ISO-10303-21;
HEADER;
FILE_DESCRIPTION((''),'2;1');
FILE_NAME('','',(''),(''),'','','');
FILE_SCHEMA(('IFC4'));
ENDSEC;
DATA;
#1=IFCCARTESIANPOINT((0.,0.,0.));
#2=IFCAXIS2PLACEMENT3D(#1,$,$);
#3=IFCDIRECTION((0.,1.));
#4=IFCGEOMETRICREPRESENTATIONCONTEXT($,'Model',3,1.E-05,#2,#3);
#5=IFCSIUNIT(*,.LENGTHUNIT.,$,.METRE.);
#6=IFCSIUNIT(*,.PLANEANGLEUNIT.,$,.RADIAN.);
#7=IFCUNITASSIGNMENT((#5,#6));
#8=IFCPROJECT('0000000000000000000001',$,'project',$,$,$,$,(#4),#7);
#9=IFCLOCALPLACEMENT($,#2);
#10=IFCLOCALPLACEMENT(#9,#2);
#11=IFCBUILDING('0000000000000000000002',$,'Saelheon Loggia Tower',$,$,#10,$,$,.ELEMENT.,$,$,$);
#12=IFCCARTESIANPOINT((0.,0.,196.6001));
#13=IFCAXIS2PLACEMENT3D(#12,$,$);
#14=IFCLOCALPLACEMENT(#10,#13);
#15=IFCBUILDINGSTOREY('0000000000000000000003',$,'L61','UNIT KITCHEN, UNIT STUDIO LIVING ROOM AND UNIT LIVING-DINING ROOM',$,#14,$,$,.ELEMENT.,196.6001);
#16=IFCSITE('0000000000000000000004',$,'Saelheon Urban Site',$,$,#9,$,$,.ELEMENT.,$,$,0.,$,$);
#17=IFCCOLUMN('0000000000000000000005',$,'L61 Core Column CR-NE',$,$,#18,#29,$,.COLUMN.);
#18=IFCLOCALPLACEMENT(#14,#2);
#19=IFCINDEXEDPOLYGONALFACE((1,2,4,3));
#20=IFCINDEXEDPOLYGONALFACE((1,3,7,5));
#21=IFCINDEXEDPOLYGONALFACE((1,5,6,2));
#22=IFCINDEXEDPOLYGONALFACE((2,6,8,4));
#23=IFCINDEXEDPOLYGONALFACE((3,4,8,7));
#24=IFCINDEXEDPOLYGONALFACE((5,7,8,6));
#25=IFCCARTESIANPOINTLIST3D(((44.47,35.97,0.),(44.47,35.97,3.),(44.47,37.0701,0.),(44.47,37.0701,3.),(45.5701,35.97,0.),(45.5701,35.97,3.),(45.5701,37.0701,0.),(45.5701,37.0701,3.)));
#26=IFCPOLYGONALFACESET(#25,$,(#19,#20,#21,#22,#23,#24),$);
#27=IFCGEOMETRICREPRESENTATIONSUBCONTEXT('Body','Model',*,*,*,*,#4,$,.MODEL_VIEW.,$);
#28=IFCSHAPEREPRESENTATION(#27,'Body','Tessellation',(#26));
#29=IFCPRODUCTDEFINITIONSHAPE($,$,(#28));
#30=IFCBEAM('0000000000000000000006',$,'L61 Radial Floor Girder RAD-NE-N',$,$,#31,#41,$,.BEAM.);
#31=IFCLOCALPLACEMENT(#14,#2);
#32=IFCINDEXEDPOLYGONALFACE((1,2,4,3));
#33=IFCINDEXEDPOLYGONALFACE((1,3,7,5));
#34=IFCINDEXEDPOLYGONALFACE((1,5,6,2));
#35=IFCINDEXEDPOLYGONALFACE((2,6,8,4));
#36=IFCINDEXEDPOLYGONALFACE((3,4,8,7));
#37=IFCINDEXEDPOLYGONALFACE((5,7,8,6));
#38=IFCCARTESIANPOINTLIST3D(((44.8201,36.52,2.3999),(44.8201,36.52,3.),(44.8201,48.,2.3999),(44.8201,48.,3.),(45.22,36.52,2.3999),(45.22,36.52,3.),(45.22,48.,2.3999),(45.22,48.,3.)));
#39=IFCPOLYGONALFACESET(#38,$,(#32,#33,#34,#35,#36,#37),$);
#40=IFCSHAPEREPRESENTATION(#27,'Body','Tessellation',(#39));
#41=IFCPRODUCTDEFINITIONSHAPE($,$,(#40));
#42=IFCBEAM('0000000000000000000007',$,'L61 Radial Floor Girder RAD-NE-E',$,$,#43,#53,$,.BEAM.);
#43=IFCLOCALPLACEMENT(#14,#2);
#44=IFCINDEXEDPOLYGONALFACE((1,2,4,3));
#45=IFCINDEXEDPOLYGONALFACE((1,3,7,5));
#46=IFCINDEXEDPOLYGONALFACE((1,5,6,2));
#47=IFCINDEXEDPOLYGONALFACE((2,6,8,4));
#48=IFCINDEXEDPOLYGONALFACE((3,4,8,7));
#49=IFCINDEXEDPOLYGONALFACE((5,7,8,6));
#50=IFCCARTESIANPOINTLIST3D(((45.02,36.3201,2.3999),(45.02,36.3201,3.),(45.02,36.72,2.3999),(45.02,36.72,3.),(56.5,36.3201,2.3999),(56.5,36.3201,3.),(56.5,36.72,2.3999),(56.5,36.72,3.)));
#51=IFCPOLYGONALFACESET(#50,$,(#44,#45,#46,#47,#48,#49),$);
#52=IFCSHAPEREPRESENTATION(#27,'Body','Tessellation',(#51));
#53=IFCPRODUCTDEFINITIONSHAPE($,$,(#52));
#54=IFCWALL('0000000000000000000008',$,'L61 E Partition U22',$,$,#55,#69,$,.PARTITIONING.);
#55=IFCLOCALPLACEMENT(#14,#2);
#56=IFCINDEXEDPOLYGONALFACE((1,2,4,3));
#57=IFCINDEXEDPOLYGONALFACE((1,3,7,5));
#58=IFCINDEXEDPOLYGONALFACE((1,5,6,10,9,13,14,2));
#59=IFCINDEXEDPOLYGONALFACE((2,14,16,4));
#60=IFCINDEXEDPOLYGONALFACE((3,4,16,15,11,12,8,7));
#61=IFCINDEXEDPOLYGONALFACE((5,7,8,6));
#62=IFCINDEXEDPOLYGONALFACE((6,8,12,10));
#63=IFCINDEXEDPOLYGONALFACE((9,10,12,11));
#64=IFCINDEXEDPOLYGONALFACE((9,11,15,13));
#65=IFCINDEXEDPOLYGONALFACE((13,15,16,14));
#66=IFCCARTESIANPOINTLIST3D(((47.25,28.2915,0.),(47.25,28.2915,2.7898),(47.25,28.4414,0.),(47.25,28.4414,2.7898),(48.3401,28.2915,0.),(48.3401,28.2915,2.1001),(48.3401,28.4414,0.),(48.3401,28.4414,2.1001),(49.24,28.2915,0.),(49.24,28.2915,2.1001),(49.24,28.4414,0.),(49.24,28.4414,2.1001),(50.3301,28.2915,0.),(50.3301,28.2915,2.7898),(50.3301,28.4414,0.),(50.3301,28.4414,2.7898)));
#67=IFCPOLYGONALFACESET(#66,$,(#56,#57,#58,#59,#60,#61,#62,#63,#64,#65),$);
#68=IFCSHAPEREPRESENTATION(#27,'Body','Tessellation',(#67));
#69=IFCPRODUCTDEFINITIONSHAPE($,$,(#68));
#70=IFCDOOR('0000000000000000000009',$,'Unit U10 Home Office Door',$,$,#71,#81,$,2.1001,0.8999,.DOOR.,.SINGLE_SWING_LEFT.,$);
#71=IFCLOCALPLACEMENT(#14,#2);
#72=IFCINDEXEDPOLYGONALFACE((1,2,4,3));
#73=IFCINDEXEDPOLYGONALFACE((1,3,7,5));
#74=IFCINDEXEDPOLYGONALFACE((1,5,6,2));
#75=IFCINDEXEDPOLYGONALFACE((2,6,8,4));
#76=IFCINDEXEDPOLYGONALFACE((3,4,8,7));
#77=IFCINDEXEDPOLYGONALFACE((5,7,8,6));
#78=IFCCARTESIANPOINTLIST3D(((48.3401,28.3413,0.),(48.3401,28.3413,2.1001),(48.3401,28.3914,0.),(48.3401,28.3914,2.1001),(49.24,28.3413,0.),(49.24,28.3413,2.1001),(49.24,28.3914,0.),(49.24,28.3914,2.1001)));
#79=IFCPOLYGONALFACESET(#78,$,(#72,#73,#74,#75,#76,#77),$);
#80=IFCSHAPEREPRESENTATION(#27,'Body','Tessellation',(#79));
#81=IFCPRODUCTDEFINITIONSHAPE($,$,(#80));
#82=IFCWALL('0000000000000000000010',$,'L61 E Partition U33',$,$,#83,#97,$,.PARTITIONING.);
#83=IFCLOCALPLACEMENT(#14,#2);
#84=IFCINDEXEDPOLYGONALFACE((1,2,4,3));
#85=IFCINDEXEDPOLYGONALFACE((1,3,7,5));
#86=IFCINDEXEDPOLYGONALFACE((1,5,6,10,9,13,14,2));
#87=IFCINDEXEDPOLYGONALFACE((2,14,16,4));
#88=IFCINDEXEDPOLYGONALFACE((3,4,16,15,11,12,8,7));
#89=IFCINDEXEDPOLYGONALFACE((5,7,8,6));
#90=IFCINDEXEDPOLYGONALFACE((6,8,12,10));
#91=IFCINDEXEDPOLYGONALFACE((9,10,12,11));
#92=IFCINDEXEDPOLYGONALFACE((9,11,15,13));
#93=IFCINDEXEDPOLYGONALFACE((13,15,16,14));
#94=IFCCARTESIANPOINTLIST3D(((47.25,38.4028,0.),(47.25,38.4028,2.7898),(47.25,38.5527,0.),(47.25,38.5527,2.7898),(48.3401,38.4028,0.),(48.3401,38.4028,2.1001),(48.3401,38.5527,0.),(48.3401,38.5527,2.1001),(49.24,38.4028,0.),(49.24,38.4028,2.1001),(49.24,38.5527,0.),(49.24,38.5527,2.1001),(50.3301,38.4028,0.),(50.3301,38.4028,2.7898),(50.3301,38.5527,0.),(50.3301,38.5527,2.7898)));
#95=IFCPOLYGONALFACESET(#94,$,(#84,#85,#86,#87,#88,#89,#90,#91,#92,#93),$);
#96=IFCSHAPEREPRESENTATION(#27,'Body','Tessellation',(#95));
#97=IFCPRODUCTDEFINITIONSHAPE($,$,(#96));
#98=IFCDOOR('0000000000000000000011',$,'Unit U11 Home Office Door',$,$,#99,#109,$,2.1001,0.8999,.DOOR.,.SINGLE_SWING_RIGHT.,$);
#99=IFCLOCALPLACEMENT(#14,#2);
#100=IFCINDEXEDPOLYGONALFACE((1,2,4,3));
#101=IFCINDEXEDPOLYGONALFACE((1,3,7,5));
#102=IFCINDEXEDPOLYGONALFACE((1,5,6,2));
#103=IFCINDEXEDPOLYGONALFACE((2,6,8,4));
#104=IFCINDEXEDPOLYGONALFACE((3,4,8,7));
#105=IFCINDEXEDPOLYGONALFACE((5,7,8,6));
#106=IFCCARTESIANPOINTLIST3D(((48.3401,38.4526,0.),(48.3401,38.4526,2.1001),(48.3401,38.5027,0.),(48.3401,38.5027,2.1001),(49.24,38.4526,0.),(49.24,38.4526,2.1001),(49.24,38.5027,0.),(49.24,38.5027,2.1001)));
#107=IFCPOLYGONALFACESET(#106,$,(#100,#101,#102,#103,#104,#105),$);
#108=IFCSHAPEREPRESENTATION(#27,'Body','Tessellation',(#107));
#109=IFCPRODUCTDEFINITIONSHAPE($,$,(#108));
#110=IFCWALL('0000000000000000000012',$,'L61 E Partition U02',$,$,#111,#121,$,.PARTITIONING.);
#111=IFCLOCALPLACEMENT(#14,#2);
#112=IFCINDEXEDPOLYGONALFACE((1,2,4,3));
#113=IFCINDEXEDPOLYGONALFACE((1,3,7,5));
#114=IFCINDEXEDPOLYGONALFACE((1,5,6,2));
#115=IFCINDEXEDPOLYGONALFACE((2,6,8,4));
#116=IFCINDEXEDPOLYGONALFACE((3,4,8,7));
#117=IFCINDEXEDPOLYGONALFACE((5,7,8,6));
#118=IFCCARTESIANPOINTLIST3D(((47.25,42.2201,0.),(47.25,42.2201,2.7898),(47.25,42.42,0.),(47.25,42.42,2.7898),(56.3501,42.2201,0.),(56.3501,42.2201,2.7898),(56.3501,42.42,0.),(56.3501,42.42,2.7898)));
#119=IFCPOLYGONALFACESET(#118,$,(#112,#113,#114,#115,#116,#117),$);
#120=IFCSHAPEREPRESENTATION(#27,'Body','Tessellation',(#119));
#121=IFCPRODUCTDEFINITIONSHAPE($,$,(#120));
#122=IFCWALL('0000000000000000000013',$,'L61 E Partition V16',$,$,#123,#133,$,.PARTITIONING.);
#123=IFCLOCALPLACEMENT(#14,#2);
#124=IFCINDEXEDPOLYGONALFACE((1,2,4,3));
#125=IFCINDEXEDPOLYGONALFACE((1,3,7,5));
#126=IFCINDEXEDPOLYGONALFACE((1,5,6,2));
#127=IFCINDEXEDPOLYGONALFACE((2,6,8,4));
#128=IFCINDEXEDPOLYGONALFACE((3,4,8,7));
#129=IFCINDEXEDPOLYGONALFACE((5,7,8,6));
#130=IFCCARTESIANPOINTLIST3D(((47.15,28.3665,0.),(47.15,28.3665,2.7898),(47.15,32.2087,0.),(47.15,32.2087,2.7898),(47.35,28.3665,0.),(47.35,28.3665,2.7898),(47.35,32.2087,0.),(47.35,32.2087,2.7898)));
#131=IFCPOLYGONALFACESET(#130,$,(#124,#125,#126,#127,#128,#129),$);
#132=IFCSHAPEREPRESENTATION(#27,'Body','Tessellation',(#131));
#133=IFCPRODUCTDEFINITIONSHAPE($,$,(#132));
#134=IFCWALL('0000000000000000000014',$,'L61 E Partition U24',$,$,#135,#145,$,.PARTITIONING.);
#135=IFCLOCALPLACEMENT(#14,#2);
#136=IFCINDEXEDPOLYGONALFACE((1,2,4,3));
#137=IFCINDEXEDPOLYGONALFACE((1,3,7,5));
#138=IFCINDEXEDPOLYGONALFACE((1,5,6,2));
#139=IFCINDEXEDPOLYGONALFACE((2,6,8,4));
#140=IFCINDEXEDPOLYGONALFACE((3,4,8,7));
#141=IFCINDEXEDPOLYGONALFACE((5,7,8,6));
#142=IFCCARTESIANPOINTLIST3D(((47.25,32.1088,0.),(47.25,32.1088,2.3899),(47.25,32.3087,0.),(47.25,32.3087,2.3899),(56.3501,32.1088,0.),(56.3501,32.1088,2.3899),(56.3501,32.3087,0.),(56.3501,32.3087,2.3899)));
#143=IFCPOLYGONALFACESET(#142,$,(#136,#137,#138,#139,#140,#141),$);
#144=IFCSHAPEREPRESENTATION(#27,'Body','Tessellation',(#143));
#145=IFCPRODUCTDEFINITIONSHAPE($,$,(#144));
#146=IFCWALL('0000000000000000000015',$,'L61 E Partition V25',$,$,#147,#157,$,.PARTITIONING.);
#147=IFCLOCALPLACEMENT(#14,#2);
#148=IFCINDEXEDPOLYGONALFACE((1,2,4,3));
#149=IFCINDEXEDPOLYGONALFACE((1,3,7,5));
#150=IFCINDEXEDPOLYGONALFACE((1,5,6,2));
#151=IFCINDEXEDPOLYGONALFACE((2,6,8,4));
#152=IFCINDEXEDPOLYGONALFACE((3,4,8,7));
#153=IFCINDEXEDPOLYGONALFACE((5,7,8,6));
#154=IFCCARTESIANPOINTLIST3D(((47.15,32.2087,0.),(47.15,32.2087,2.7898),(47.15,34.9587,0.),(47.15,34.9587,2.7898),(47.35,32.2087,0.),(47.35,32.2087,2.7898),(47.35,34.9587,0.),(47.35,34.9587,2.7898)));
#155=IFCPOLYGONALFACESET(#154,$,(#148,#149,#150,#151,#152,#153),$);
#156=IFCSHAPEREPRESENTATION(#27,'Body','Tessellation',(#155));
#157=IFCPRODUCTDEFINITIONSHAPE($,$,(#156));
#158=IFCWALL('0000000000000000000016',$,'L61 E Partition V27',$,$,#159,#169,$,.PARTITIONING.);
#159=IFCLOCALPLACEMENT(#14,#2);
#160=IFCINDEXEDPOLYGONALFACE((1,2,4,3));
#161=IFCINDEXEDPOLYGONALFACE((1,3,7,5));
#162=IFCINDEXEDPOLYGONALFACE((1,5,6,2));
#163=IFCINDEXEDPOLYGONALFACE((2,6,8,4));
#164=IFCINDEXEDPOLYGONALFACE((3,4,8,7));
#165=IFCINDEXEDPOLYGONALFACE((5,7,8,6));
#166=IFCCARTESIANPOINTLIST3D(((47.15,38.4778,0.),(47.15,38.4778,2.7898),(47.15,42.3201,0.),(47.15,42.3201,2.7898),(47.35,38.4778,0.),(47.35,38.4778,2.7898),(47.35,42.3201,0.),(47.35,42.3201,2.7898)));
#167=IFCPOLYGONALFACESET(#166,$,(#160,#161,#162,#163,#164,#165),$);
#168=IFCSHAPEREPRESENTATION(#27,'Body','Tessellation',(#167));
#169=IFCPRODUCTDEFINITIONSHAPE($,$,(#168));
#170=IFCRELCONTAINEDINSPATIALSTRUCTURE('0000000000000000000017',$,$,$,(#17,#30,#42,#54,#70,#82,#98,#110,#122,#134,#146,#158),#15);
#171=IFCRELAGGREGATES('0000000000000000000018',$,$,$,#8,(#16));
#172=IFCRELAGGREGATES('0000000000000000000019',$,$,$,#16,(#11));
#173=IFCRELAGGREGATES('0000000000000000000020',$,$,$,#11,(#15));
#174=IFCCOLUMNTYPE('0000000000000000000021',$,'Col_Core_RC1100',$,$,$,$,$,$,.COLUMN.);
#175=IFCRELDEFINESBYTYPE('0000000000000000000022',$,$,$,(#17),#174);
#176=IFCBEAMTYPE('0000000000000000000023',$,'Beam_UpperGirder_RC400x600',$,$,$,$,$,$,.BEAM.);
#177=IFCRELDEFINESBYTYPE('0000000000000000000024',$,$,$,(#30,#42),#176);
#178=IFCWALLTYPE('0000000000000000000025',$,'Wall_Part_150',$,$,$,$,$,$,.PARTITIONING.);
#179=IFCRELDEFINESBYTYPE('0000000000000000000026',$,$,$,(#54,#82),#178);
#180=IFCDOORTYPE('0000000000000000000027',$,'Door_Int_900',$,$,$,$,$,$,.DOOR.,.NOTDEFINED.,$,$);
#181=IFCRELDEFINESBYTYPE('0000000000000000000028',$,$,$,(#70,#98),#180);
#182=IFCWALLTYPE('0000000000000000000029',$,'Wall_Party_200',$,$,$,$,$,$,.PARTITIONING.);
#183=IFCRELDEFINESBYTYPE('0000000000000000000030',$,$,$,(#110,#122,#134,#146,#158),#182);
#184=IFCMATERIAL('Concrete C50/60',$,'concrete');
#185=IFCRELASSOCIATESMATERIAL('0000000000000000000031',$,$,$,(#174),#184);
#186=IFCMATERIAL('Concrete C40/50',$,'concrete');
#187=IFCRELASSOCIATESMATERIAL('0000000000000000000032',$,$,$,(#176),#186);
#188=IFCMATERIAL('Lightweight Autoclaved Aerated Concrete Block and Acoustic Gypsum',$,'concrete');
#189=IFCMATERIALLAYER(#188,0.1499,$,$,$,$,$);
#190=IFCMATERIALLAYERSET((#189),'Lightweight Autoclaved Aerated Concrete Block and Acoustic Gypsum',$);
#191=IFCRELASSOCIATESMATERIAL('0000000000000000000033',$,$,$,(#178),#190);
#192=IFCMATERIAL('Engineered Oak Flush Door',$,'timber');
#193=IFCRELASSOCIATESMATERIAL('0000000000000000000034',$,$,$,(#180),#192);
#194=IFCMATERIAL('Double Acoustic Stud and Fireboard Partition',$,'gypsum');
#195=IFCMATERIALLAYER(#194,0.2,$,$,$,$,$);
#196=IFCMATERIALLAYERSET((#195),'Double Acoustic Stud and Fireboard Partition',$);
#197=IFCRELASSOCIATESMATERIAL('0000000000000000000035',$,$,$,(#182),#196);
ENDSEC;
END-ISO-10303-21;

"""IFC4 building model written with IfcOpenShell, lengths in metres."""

from ifc_helpers import new_model, si_unit, direction, frame, frame_2d, origin, origin_2d, place, context, subcontext, project, spatial, rectangle, extrude, source, transform, mapped, material, layer, layer_set, material_profile, profile_set, type_object, element, fill, save


model = new_model("IFC4")

# Units and contexts
model_context = context("Model", 3, precision=1e-05, world=origin(), true_north=direction((0.0, 1.0)))
body_context = subcontext(model_context, "Body", "Model", "MODEL_VIEW")
ifc_project = project(units=[si_unit("LENGTHUNIT", "METRE"), si_unit("PLANEANGLEUNIT", "RADIAN")], contexts=[model_context])

# Site, building, storey
site_placement = place(None, origin())
site = spatial("IfcSite", under=ifc_project, at=site_placement, Name="Saelheon Urban Site", CompositionType="ELEMENT", RefElevation=0.0)
building_placement = place(site_placement, origin())
building = spatial("IfcBuilding", under=site, at=building_placement, Name="Saelheon Loggia Tower", CompositionType="ELEMENT")
storey_placement = place(building_placement, frame((0.0, 0.0, 196.6001)))
storey = spatial("IfcBuildingStorey", under=building, at=storey_placement, Name="L61", Description="UNIT KITCHEN, UNIT STUDIO LIVING ROOM AND UNIT LIVING-DINING ROOM", CompositionType="ELEMENT", Elevation=196.6001)

# Column
ifc_material_1 = material(Name="Concrete C50/60", Category="concrete")
ifc_material_profile_1 = material_profile(ifc_material_1, rectangle(XDim=1.1001, YDim=1.1001, at=origin_2d()), Name="RC-1100x1100")
ifc_profile_set_1 = profile_set([ifc_material_profile_1], Name="Concrete C50/60")
column_type = type_object("IfcColumnType", Name="Col_Core_RC1100", PredefinedType="COLUMN", material=ifc_profile_set_1)
shared_shape_1 = source(origin(), body_context, "Body", "SweptSolid", [
    extrude(rectangle(XDim=1.1001, YDim=1.1001, at=origin_2d()), origin(), (0.0, 0.0, 1.0), 3.0),
])
column_placement = place(storey_placement, frame((45.02, 36.52, 0.0), z_axis=(0.0, 0.0, 1.0), x_axis=(1.0, 0.0, 0.0)))
element("IfcColumn", 1, at=column_placement, inside=storey, type_object=column_type, Name="L61 Core Column CR-NE", PredefinedType="COLUMN", context=body_context, shape_type="MappedRepresentation", body=[
    mapped(shared_shape_1, transform((0.0, 0.0, 0.0), scale=1.0)),
])

# Beams
ifc_material_2 = material(Name="Concrete C40/50", Category="concrete")
ifc_material_profile_2 = material_profile(ifc_material_2, rectangle(XDim=0.3999, YDim=0.6001, at=origin_2d()), Name="RC-400x600")
ifc_profile_set_2 = profile_set([ifc_material_profile_2], Name="Concrete C40/50")
beam_type = type_object("IfcBeamType", Name="Beam_UpperGirder_RC400x600", PredefinedType="BEAM", material=ifc_profile_set_2)
shared_shape_2 = source(origin(), body_context, "Body", "SweptSolid", [
    extrude(rectangle(XDim=0.3999, YDim=0.6001, at=origin_2d()), origin(), (0.0, 0.0, 1.0), 11.48),
])
for number, where, z_axis, x_axis, name in (
    (2, (45.02, 36.52, 2.7), (0.0, 1.0, 0.0), (-1.0, 0.0, 0.0), "L61 Radial Floor Girder RAD-NE-N"),
    (3, (45.02, 36.52, 2.7), (1.0, 0.0, 0.0), (0.0, 1.0, 0.0), "L61 Radial Floor Girder RAD-NE-E"),
):
    element("IfcBeam", number, at=place(storey_placement, frame(where, z_axis=z_axis, x_axis=x_axis)), inside=storey, type_object=beam_type, Name=name, PredefinedType="BEAM", context=body_context, shape_type="MappedRepresentation", body=[
        mapped(shared_shape_2, transform((0.0, 0.0, 0.0), scale=1.0)),
    ])

# Walls, openings, doors
ifc_material_3 = material(Name="Lightweight Autoclaved Aerated Concrete Block and Acoustic Gypsum", Category="concrete")
ifc_layer_1 = layer(ifc_material_3, 0.1499)
ifc_layer_set_1 = layer_set([ifc_layer_1], Name="Lightweight Autoclaved Aerated Concrete Block and Acoustic Gypsum")
wall_type_1 = type_object("IfcWallType", Name="Wall_Part_150", PredefinedType="PARTITIONING", material=ifc_layer_set_1)
wall_1_placement = place(storey_placement, frame((47.25, 28.3665, 0.0), z_axis=(0.0, 0.0, 1.0), x_axis=(1.0, 0.0, 0.0)))
wall_1 = element("IfcWall", 4, at=wall_1_placement, inside=storey, type_object=wall_type_1, Name="L61 E Partition U22", PredefinedType="PARTITIONING", context=body_context, shape_type="SweptSolid", body=[
    extrude(rectangle(XDim=3.0801, YDim=0.1499, at=frame_2d((1.54, 0.0))), origin(), (0.0, 0.0, 1.0), 2.7898),
])
opening_1_placement = place(wall_1_placement, frame((1.0901, 0.0, 0.0)))
opening_1 = element("IfcOpeningElement", 5, at=opening_1_placement, cuts=wall_1, PredefinedType="OPENING", context=body_context, shape_type="SweptSolid", body=[
    extrude(rectangle(XDim=0.8999, YDim=2.1001, at=frame_2d((0.45, 1.05))), frame((0.0, 0.0869, 0.0), z_axis=(0.0, -1.0, 0.0), x_axis=(1.0, 0.0, 0.0)), (0.0, 0.0, 1.0), 0.1738),
])
ifc_material_4 = material(Name="Engineered Oak Flush Door", Category="timber")
door_type_1 = type_object("IfcDoorType", Name="Door_Int_900", OperationType="NOTDEFINED", PredefinedType="DOOR", material=ifc_material_4)
shared_shape_3 = source(origin(), body_context, "Body", "SweptSolid", [
    extrude(rectangle(XDim=0.8999, YDim=2.1001, at=frame_2d((0.45, 1.05))), frame((0.0, 0.0249, 0.0), z_axis=(0.0, -1.0, 0.0), x_axis=(1.0, 0.0, 0.0)), (0.0, 0.0, 1.0), 0.05),
])
door_1_placement = place(opening_1_placement, origin())
door_1 = element("IfcDoor", 6, at=door_1_placement, inside=storey, type_object=door_type_1, Name="Unit U10 Home Office Door", OperationType="SINGLE_SWING_LEFT", OverallHeight=2.1001, OverallWidth=0.8999, PredefinedType="DOOR", context=body_context, shape_type="MappedRepresentation", body=[
    mapped(shared_shape_3, transform((0.0, 0.0, 0.0), scale=1.0)),
])
fill(opening_1, door_1)
wall_2_placement = place(storey_placement, frame((47.25, 38.4778, 0.0), z_axis=(0.0, 0.0, 1.0), x_axis=(1.0, 0.0, 0.0)))
wall_2 = element("IfcWall", 7, at=wall_2_placement, inside=storey, type_object=wall_type_1, Name="L61 E Partition U33", PredefinedType="PARTITIONING", context=body_context, shape_type="SweptSolid", body=[
    extrude(rectangle(XDim=3.0801, YDim=0.1499, at=frame_2d((1.54, 0.0))), origin(), (0.0, 0.0, 1.0), 2.7898),
])
opening_2_placement = place(wall_2_placement, frame((1.0901, 0.0, 0.0)))
opening_2 = element("IfcOpeningElement", 8, at=opening_2_placement, cuts=wall_2, PredefinedType="OPENING", context=body_context, shape_type="SweptSolid", body=[
    extrude(rectangle(XDim=0.8999, YDim=2.1001, at=frame_2d((0.45, 1.05))), frame((0.0, 0.0869, 0.0), z_axis=(0.0, -1.0, 0.0), x_axis=(1.0, 0.0, 0.0)), (0.0, 0.0, 1.0), 0.1738),
])
door_2_placement = place(opening_2_placement, origin())
door_2 = element("IfcDoor", 9, at=door_2_placement, inside=storey, type_object=door_type_1, Name="Unit U11 Home Office Door", OperationType="SINGLE_SWING_RIGHT", OverallHeight=2.1001, OverallWidth=0.8999, PredefinedType="DOOR", context=body_context, shape_type="MappedRepresentation", body=[
    mapped(shared_shape_3, transform((0.0, 0.0, 0.0), scale=1.0)),
])
fill(opening_2, door_2)

# Walls
ifc_material_5 = material(Name="Double Acoustic Stud and Fireboard Partition", Category="gypsum")
ifc_layer_2 = layer(ifc_material_5, 0.2)
ifc_layer_set_2 = layer_set([ifc_layer_2], Name="Double Acoustic Stud and Fireboard Partition")
wall_type_2 = type_object("IfcWallType", Name="Wall_Party_200", PredefinedType="PARTITIONING", material=ifc_layer_set_2)
wall_3_placement = place(storey_placement, frame((47.25, 42.3201, 0.0), z_axis=(0.0, 0.0, 1.0), x_axis=(1.0, 0.0, 0.0)))
element("IfcWall", 10, at=wall_3_placement, inside=storey, type_object=wall_type_2, Name="L61 E Partition U02", PredefinedType="PARTITIONING", context=body_context, shape_type="SweptSolid", body=[
    extrude(rectangle(XDim=9.1001, YDim=0.2, at=frame_2d((4.55, 0.0))), origin(), (0.0, 0.0, 1.0), 2.7898),
])
wall_4_placement = place(storey_placement, frame((47.25, 28.3665, 0.0), z_axis=(0.0, 0.0, 1.0), x_axis=(0.0, 1.0, 0.0)))
element("IfcWall", 11, at=wall_4_placement, inside=storey, type_object=wall_type_2, Name="L61 E Partition V16", PredefinedType="PARTITIONING", context=body_context, shape_type="SweptSolid", body=[
    extrude(rectangle(XDim=3.8423, YDim=0.2, at=frame_2d((1.9211, 0.0))), origin(), (0.0, 0.0, 1.0), 2.7898),
])
wall_5_placement = place(storey_placement, frame((47.25, 32.2087, 0.0), z_axis=(0.0, 0.0, 1.0), x_axis=(1.0, 0.0, 0.0)))
element("IfcWall", 12, at=wall_5_placement, inside=storey, type_object=wall_type_2, Name="L61 E Partition U24", PredefinedType="PARTITIONING", context=body_context, shape_type="SweptSolid", body=[
    extrude(rectangle(XDim=9.1001, YDim=0.2, at=frame_2d((4.55, 0.0))), origin(), (0.0, 0.0, 1.0), 2.3899),
])
wall_6_placement = place(storey_placement, frame((47.25, 32.2087, 0.0), z_axis=(0.0, 0.0, 1.0), x_axis=(0.0, 1.0, 0.0)))
element("IfcWall", 13, at=wall_6_placement, inside=storey, type_object=wall_type_2, Name="L61 E Partition V25", PredefinedType="PARTITIONING", context=body_context, shape_type="SweptSolid", body=[
    extrude(rectangle(XDim=2.75, YDim=0.2, at=frame_2d((1.375, 0.0))), origin(), (0.0, 0.0, 1.0), 2.7898),
])

# Wall
wall_7_placement = place(storey_placement, frame((47.25, 38.4778, 0.0), z_axis=(0.0, 0.0, 1.0), x_axis=(0.0, 1.0, 0.0)))
element("IfcWall", 14, at=wall_7_placement, inside=storey, type_object=wall_type_2, Name="L61 E Partition V27", PredefinedType="PARTITIONING", context=body_context, shape_type="SweptSolid", body=[
    extrude(rectangle(XDim=3.8423, YDim=0.2, at=frame_2d((1.9211, 0.0))), origin(), (0.0, 0.0, 1.0), 2.7898),
])

save(model, "model.ifc")
